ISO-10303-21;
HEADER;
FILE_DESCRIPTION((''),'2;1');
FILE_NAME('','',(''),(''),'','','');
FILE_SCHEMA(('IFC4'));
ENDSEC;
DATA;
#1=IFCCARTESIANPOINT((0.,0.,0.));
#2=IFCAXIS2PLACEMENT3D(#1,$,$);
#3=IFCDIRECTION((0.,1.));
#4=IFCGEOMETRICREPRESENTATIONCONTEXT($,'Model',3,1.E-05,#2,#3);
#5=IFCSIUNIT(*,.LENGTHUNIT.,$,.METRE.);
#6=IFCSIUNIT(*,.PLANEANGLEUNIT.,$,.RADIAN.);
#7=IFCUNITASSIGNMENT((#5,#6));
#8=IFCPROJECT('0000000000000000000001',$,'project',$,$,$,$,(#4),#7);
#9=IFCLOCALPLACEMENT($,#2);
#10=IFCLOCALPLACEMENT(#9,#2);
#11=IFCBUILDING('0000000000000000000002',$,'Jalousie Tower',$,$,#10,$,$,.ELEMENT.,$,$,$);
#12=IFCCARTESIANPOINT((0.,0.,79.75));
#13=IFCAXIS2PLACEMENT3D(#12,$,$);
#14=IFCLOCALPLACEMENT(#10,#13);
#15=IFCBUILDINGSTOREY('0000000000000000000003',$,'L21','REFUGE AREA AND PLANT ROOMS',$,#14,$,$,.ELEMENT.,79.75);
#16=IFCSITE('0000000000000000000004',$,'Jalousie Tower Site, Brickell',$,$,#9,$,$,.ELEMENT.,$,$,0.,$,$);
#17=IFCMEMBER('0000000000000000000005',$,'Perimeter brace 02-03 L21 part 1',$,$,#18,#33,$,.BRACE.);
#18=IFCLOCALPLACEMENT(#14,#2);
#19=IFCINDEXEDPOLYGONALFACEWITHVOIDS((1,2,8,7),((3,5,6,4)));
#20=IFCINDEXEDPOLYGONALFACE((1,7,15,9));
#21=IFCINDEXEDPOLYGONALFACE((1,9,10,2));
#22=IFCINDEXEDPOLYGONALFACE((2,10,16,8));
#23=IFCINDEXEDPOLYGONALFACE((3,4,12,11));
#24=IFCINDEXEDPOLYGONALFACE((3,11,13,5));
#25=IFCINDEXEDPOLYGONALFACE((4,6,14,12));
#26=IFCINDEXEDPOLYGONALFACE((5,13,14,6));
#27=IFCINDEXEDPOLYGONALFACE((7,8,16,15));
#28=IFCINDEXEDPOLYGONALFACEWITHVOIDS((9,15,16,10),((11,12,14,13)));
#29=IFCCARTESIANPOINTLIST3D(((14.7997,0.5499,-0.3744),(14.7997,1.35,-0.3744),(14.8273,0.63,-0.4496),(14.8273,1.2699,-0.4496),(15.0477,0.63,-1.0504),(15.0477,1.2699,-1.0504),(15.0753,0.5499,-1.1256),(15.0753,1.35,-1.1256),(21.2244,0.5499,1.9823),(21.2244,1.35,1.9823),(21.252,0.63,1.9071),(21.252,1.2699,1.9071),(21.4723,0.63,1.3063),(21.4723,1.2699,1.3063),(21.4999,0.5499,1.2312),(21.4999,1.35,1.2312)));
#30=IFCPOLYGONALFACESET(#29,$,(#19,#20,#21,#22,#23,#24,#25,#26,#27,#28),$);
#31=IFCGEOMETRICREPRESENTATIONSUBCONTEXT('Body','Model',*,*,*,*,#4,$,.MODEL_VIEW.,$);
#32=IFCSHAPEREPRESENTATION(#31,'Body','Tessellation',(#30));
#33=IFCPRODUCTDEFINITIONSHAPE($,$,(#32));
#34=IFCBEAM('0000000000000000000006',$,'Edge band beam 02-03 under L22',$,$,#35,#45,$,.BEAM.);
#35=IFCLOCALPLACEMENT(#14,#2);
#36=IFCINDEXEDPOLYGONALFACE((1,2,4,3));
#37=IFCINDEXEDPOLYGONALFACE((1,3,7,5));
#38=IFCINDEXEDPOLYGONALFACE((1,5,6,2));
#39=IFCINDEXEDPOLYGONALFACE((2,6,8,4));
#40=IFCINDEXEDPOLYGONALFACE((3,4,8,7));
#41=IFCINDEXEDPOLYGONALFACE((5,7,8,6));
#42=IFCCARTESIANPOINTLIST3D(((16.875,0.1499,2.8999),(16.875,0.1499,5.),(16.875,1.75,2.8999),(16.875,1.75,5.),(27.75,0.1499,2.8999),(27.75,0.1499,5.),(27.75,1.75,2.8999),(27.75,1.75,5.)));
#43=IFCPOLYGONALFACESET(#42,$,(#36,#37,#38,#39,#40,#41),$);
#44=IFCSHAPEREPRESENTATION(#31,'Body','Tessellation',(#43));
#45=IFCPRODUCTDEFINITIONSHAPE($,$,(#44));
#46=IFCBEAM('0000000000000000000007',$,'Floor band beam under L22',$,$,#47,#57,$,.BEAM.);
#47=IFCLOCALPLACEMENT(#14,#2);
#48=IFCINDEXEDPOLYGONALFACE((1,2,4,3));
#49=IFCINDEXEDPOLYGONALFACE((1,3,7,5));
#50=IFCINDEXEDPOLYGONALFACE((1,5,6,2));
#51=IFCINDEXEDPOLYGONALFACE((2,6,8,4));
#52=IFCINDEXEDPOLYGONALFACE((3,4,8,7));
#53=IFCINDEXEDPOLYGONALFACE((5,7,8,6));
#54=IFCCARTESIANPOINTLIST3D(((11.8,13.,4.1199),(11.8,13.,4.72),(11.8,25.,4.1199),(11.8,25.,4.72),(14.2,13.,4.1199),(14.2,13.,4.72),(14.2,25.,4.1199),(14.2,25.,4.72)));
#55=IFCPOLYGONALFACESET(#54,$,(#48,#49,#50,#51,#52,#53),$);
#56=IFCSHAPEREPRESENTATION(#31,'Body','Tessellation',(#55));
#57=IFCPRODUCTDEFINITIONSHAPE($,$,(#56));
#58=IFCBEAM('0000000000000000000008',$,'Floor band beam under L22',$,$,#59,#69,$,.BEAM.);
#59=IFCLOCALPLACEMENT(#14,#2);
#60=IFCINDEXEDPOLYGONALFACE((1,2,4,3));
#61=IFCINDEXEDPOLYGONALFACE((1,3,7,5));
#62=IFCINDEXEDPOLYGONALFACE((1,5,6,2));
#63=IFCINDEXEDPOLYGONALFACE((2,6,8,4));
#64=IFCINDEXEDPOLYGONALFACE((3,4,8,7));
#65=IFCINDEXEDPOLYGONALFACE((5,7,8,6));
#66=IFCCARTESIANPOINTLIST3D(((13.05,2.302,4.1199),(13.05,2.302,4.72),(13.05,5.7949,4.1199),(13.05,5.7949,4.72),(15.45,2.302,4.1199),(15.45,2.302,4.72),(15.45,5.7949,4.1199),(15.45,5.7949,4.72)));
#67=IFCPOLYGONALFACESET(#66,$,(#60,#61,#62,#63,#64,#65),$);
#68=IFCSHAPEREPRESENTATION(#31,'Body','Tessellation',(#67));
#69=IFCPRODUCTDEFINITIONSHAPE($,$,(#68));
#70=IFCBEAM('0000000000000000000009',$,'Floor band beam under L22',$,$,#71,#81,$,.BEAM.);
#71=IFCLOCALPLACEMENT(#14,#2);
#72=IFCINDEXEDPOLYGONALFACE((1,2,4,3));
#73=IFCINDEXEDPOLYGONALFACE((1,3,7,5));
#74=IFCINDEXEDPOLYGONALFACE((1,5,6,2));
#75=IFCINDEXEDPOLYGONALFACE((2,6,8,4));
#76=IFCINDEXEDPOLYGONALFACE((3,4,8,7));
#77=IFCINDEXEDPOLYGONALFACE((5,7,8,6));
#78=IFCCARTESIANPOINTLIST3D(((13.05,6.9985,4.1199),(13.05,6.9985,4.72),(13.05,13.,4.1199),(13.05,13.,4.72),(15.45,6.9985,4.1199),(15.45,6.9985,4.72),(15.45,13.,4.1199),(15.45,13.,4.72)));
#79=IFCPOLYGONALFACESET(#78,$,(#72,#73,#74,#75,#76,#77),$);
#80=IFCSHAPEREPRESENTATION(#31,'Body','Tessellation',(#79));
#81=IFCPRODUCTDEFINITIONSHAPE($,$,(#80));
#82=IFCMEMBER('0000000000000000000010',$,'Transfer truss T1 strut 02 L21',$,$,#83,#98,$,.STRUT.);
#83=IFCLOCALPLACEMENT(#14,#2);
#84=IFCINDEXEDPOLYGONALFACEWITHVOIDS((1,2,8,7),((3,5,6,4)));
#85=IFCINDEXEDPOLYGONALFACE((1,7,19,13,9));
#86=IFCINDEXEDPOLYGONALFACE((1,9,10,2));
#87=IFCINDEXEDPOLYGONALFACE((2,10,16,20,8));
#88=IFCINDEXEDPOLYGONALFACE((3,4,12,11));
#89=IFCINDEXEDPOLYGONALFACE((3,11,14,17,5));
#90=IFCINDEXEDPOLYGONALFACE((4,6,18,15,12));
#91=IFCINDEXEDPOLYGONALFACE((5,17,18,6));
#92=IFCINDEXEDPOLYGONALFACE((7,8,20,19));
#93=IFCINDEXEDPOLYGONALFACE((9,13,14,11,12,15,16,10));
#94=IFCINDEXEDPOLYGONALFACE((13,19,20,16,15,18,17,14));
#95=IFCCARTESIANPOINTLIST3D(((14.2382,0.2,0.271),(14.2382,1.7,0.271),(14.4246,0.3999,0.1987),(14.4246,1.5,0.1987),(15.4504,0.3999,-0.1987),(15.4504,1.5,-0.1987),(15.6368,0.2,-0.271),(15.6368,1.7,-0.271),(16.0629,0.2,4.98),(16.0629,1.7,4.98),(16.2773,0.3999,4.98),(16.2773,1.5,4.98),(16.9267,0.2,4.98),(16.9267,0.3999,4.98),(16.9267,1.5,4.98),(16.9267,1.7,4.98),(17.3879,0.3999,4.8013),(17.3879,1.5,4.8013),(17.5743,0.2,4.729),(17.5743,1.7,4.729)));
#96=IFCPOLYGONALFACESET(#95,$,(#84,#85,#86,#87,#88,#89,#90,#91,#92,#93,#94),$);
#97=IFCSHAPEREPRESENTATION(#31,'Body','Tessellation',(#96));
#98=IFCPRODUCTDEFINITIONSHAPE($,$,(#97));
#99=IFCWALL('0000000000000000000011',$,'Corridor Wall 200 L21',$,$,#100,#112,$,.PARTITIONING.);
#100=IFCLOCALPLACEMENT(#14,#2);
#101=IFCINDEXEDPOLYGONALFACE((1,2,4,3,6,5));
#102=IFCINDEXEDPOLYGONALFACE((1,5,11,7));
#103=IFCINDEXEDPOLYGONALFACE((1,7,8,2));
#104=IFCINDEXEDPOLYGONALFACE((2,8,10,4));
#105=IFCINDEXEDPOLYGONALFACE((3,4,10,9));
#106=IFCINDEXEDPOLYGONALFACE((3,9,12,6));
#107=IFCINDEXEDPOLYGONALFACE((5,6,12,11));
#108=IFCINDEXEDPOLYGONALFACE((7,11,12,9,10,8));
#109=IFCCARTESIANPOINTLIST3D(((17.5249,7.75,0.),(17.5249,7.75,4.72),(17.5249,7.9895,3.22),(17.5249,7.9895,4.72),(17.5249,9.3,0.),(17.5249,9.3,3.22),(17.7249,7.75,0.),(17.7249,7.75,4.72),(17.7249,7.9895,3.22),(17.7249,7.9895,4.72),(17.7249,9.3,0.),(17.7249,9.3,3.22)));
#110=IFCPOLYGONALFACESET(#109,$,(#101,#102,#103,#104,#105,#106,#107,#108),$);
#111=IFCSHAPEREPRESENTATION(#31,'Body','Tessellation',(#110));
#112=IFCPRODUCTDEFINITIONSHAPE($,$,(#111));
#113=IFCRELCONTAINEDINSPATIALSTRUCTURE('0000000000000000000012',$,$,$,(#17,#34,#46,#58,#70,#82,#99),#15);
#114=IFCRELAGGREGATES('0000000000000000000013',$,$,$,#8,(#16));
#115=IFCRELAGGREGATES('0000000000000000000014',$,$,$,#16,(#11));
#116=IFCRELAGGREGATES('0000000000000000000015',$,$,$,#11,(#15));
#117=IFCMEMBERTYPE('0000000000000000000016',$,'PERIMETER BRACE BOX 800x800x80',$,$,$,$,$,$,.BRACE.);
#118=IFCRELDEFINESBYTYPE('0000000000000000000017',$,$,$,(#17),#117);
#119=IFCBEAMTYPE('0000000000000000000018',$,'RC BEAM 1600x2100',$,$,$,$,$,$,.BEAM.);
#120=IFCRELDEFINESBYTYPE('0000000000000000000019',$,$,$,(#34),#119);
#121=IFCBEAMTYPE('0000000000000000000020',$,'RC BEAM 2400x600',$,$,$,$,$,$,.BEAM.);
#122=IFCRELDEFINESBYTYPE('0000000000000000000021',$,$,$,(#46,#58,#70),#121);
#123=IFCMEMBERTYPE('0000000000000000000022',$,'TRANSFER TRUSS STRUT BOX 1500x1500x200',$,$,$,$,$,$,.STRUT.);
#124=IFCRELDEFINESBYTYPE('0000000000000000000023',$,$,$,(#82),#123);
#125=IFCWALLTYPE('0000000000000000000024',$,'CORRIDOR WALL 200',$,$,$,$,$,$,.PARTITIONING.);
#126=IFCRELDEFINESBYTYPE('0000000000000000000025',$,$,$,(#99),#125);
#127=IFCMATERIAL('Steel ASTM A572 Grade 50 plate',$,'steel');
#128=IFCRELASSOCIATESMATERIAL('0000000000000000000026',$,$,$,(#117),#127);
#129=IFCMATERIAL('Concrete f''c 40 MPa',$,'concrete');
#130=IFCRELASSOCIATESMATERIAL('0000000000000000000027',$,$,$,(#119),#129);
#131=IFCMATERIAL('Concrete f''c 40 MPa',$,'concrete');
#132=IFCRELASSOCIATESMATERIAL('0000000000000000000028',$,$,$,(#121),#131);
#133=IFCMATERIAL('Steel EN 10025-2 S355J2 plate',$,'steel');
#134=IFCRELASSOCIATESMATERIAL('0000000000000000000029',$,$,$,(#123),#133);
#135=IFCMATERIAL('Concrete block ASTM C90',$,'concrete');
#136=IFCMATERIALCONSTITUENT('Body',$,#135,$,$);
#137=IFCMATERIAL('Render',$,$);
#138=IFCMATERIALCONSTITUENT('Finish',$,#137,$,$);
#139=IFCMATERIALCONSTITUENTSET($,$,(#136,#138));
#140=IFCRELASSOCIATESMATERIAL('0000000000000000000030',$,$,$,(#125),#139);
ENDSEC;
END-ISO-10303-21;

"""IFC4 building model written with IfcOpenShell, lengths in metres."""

from ifc_helpers import new_model, si_unit, direction, frame, origin, origin_2d, place, context, subcontext, project, spatial, polyline, rectangle, hollow_rectangle, outline, extrude, clip, halfspace, material, constituent, constituent_set, material_profile, profile_set, type_object, element, save


model = new_model("IFC4")

# Units and contexts
model_context = context("Model", 3, precision=1e-05, world=origin(), true_north=direction((0.0, 1.0)))
body_context = subcontext(model_context, "Body", "Model", "MODEL_VIEW")
ifc_project = project(units=[si_unit("LENGTHUNIT", "METRE"), si_unit("PLANEANGLEUNIT", "RADIAN")], contexts=[model_context])

# Site, building, storey
site_placement = place(None, origin())
site = spatial("IfcSite", under=ifc_project, at=site_placement, Name="Jalousie Tower Site, Brickell", CompositionType="ELEMENT", RefElevation=0.0)
building_placement = place(site_placement, origin())
building = spatial("IfcBuilding", under=site, at=building_placement, Name="Jalousie Tower", CompositionType="ELEMENT")
storey_placement = place(building_placement, frame((0.0, 0.0, 79.75)))
storey = spatial("IfcBuildingStorey", under=building, at=storey_placement, Name="L21", Description="REFUGE AREA AND PLANT ROOMS", CompositionType="ELEMENT", Elevation=79.75)

# Member
ifc_material_1 = material(Name="Steel ASTM A572 Grade 50 plate", Category="steel")
ifc_material_profile_1 = material_profile(ifc_material_1, hollow_rectangle(XDim=0.8, YDim=0.8, WallThickness=0.0801, at=origin_2d()), Name="BOX 800x800x80")
ifc_profile_set_1 = profile_set([ifc_material_profile_1], Name="Steel ASTM A572 Grade 50 plate")
member_type_1 = type_object("IfcMemberType", Name="PERIMETER BRACE BOX 800x800x80", PredefinedType="BRACE", material=ifc_profile_set_1)
member_1_placement = place(storey_placement, frame((14.9375, 0.95, -0.75), z_axis=(0.938828, 0.0, 0.344386), x_axis=(0.0, 1.0, 0.0)))
element("IfcMember", 1, at=member_1_placement, inside=storey, type_object=member_type_1, Name="Perimeter brace 02-03 L21 part 1", PredefinedType="BRACE", context=body_context, shape_type="SweptSolid", body=[
    extrude(hollow_rectangle(XDim=0.8, YDim=0.8, WallThickness=0.0801, at=origin_2d()), origin(), (0.0, 0.0, 1.0), 6.8433),
])

# Beams
ifc_material_2 = material(Name="Concrete f'c 40 MPa", Category="concrete")
ifc_material_profile_2 = material_profile(ifc_material_2, rectangle(XDim=1.6001, YDim=2.1001, at=origin_2d()), Name="RC 1600x2100")
ifc_profile_set_2 = profile_set([ifc_material_profile_2], Name="Concrete f'c 40 MPa")
beam_type_1 = type_object("IfcBeamType", Name="RC BEAM 1600x2100", PredefinedType="BEAM", material=ifc_profile_set_2)
beam_1_placement = place(storey_placement, frame((16.875, 0.95, 3.95), z_axis=(1.0, 0.0, 0.0), x_axis=(0.0, 1.0, 0.0)))
element("IfcBeam", 2, at=beam_1_placement, inside=storey, type_object=beam_type_1, Name="Edge band beam 02-03 under L22", PredefinedType="BEAM", context=body_context, shape_type="SweptSolid", body=[
    extrude(rectangle(XDim=1.6001, YDim=2.1001, at=origin_2d()), origin(), (0.0, 0.0, 1.0), 10.875),
])
ifc_material_3 = material(Name="Concrete f'c 40 MPa", Category="concrete")
ifc_material_profile_3 = material_profile(ifc_material_3, rectangle(XDim=2.3999, YDim=0.6001, at=origin_2d()), Name="RC 2400x600")
ifc_profile_set_3 = profile_set([ifc_material_profile_3], Name="Concrete f'c 40 MPa")
beam_type_2 = type_object("IfcBeamType", Name="RC BEAM 2400x600", PredefinedType="BEAM", material=ifc_profile_set_3)
beam_2_placement = place(storey_placement, frame((13.0, 13.0, 4.4199), z_axis=(0.0, 1.0, 0.0), x_axis=(-1.0, 0.0, 0.0)))
element("IfcBeam", 3, at=beam_2_placement, inside=storey, type_object=beam_type_2, Name="Floor band beam under L22", PredefinedType="BEAM", context=body_context, shape_type="SweptSolid", body=[
    extrude(rectangle(XDim=2.3999, YDim=0.6001, at=origin_2d()), origin(), (0.0, 0.0, 1.0), 12.0),
])
beam_3_placement = place(storey_placement, frame((14.25, 2.302, 4.4199), z_axis=(0.0, 1.0, 0.0), x_axis=(-1.0, 0.0, 0.0)))
element("IfcBeam", 4, at=beam_3_placement, inside=storey, type_object=beam_type_2, Name="Floor band beam under L22", PredefinedType="BEAM", context=body_context, shape_type="SweptSolid", body=[
    extrude(rectangle(XDim=2.3999, YDim=0.6001, at=origin_2d()), origin(), (0.0, 0.0, 1.0), 3.4929),
])
beam_4_placement = place(storey_placement, frame((14.25, 6.9985, 4.4199), z_axis=(0.0, 1.0, 0.0), x_axis=(-1.0, 0.0, 0.0)))
element("IfcBeam", 5, at=beam_4_placement, inside=storey, type_object=beam_type_2, Name="Floor band beam under L22", PredefinedType="BEAM", context=body_context, shape_type="SweptSolid", body=[
    extrude(rectangle(XDim=2.3999, YDim=0.6001, at=origin_2d()), origin(), (0.0, 0.0, 1.0), 6.0015),
])

# Member
ifc_material_4 = material(Name="Steel EN 10025-2 S355J2 plate", Category="steel")
ifc_material_profile_4 = material_profile(ifc_material_4, hollow_rectangle(XDim=1.5, YDim=1.5, WallThickness=0.2, at=origin_2d()), Name="BOX 1500x1500x200")
ifc_profile_set_4 = profile_set([ifc_material_profile_4], Name="Steel EN 10025-2 S355J2 plate")
member_type_2 = type_object("IfcMemberType", Name="TRANSFER TRUSS STRUT BOX 1500x1500x200", PredefinedType="STRUT", material=ifc_profile_set_4)
member_2_placement = place(storey_placement, frame((14.9375, 0.95, 0.0), z_axis=(0.361321, 0.0, 0.932441), x_axis=(0.0, 1.0, 0.0)))
element("IfcMember", 6, at=member_2_placement, inside=storey, type_object=member_type_2, Name="Transfer truss T1 strut 02 L21", PredefinedType="STRUT", context=body_context, shape_type="Clipping", body=[
    clip(extrude(hollow_rectangle(XDim=1.5, YDim=1.5, WallThickness=0.2, at=origin_2d()), origin(), (0.0, 0.0, 1.0), 5.3623), halfspace(frame((0.0, 0.0, 5.3408), z_axis=(0.0, 0.361321, 0.932441)), False)),
])

# Wall
ifc_material_5 = material(Name="Concrete block ASTM C90", Category="concrete")
ifc_constituent_1 = constituent(ifc_material_5, Name="Body")
ifc_material_6 = material(Name="Render")
ifc_constituent_2 = constituent(ifc_material_6, Name="Finish")
ifc_constituent_set = constituent_set(constituents=[ifc_constituent_1, ifc_constituent_2])
wall_type = type_object("IfcWallType", Name="CORRIDOR WALL 200", PredefinedType="PARTITIONING", material=ifc_constituent_set)
wall_placement = place(storey_placement, frame((17.625, 7.75, 0.0), z_axis=(0.0, 0.0, 1.0), x_axis=(0.0, 1.0, 0.0)))
element("IfcWall", 7, at=wall_placement, inside=storey, type_object=wall_type, Name="Corridor Wall 200 L21", PredefinedType="PARTITIONING", context=body_context, shape_type="SweptSolid", body=[
    extrude(outline(polyline([(0.0, 0.0), (1.55, 0.0), (1.55, 3.22), (0.2395, 3.22), (0.2395, 4.72), (0.0, 4.72), (0.0, 0.0)])), frame((0.0, 0.1001, 0.0), z_axis=(0.0, -1.0, 0.0), x_axis=(1.0, 0.0, 0.0)), (0.0, 0.0, 1.0), 0.2),
])

save(model, "model.ifc")
